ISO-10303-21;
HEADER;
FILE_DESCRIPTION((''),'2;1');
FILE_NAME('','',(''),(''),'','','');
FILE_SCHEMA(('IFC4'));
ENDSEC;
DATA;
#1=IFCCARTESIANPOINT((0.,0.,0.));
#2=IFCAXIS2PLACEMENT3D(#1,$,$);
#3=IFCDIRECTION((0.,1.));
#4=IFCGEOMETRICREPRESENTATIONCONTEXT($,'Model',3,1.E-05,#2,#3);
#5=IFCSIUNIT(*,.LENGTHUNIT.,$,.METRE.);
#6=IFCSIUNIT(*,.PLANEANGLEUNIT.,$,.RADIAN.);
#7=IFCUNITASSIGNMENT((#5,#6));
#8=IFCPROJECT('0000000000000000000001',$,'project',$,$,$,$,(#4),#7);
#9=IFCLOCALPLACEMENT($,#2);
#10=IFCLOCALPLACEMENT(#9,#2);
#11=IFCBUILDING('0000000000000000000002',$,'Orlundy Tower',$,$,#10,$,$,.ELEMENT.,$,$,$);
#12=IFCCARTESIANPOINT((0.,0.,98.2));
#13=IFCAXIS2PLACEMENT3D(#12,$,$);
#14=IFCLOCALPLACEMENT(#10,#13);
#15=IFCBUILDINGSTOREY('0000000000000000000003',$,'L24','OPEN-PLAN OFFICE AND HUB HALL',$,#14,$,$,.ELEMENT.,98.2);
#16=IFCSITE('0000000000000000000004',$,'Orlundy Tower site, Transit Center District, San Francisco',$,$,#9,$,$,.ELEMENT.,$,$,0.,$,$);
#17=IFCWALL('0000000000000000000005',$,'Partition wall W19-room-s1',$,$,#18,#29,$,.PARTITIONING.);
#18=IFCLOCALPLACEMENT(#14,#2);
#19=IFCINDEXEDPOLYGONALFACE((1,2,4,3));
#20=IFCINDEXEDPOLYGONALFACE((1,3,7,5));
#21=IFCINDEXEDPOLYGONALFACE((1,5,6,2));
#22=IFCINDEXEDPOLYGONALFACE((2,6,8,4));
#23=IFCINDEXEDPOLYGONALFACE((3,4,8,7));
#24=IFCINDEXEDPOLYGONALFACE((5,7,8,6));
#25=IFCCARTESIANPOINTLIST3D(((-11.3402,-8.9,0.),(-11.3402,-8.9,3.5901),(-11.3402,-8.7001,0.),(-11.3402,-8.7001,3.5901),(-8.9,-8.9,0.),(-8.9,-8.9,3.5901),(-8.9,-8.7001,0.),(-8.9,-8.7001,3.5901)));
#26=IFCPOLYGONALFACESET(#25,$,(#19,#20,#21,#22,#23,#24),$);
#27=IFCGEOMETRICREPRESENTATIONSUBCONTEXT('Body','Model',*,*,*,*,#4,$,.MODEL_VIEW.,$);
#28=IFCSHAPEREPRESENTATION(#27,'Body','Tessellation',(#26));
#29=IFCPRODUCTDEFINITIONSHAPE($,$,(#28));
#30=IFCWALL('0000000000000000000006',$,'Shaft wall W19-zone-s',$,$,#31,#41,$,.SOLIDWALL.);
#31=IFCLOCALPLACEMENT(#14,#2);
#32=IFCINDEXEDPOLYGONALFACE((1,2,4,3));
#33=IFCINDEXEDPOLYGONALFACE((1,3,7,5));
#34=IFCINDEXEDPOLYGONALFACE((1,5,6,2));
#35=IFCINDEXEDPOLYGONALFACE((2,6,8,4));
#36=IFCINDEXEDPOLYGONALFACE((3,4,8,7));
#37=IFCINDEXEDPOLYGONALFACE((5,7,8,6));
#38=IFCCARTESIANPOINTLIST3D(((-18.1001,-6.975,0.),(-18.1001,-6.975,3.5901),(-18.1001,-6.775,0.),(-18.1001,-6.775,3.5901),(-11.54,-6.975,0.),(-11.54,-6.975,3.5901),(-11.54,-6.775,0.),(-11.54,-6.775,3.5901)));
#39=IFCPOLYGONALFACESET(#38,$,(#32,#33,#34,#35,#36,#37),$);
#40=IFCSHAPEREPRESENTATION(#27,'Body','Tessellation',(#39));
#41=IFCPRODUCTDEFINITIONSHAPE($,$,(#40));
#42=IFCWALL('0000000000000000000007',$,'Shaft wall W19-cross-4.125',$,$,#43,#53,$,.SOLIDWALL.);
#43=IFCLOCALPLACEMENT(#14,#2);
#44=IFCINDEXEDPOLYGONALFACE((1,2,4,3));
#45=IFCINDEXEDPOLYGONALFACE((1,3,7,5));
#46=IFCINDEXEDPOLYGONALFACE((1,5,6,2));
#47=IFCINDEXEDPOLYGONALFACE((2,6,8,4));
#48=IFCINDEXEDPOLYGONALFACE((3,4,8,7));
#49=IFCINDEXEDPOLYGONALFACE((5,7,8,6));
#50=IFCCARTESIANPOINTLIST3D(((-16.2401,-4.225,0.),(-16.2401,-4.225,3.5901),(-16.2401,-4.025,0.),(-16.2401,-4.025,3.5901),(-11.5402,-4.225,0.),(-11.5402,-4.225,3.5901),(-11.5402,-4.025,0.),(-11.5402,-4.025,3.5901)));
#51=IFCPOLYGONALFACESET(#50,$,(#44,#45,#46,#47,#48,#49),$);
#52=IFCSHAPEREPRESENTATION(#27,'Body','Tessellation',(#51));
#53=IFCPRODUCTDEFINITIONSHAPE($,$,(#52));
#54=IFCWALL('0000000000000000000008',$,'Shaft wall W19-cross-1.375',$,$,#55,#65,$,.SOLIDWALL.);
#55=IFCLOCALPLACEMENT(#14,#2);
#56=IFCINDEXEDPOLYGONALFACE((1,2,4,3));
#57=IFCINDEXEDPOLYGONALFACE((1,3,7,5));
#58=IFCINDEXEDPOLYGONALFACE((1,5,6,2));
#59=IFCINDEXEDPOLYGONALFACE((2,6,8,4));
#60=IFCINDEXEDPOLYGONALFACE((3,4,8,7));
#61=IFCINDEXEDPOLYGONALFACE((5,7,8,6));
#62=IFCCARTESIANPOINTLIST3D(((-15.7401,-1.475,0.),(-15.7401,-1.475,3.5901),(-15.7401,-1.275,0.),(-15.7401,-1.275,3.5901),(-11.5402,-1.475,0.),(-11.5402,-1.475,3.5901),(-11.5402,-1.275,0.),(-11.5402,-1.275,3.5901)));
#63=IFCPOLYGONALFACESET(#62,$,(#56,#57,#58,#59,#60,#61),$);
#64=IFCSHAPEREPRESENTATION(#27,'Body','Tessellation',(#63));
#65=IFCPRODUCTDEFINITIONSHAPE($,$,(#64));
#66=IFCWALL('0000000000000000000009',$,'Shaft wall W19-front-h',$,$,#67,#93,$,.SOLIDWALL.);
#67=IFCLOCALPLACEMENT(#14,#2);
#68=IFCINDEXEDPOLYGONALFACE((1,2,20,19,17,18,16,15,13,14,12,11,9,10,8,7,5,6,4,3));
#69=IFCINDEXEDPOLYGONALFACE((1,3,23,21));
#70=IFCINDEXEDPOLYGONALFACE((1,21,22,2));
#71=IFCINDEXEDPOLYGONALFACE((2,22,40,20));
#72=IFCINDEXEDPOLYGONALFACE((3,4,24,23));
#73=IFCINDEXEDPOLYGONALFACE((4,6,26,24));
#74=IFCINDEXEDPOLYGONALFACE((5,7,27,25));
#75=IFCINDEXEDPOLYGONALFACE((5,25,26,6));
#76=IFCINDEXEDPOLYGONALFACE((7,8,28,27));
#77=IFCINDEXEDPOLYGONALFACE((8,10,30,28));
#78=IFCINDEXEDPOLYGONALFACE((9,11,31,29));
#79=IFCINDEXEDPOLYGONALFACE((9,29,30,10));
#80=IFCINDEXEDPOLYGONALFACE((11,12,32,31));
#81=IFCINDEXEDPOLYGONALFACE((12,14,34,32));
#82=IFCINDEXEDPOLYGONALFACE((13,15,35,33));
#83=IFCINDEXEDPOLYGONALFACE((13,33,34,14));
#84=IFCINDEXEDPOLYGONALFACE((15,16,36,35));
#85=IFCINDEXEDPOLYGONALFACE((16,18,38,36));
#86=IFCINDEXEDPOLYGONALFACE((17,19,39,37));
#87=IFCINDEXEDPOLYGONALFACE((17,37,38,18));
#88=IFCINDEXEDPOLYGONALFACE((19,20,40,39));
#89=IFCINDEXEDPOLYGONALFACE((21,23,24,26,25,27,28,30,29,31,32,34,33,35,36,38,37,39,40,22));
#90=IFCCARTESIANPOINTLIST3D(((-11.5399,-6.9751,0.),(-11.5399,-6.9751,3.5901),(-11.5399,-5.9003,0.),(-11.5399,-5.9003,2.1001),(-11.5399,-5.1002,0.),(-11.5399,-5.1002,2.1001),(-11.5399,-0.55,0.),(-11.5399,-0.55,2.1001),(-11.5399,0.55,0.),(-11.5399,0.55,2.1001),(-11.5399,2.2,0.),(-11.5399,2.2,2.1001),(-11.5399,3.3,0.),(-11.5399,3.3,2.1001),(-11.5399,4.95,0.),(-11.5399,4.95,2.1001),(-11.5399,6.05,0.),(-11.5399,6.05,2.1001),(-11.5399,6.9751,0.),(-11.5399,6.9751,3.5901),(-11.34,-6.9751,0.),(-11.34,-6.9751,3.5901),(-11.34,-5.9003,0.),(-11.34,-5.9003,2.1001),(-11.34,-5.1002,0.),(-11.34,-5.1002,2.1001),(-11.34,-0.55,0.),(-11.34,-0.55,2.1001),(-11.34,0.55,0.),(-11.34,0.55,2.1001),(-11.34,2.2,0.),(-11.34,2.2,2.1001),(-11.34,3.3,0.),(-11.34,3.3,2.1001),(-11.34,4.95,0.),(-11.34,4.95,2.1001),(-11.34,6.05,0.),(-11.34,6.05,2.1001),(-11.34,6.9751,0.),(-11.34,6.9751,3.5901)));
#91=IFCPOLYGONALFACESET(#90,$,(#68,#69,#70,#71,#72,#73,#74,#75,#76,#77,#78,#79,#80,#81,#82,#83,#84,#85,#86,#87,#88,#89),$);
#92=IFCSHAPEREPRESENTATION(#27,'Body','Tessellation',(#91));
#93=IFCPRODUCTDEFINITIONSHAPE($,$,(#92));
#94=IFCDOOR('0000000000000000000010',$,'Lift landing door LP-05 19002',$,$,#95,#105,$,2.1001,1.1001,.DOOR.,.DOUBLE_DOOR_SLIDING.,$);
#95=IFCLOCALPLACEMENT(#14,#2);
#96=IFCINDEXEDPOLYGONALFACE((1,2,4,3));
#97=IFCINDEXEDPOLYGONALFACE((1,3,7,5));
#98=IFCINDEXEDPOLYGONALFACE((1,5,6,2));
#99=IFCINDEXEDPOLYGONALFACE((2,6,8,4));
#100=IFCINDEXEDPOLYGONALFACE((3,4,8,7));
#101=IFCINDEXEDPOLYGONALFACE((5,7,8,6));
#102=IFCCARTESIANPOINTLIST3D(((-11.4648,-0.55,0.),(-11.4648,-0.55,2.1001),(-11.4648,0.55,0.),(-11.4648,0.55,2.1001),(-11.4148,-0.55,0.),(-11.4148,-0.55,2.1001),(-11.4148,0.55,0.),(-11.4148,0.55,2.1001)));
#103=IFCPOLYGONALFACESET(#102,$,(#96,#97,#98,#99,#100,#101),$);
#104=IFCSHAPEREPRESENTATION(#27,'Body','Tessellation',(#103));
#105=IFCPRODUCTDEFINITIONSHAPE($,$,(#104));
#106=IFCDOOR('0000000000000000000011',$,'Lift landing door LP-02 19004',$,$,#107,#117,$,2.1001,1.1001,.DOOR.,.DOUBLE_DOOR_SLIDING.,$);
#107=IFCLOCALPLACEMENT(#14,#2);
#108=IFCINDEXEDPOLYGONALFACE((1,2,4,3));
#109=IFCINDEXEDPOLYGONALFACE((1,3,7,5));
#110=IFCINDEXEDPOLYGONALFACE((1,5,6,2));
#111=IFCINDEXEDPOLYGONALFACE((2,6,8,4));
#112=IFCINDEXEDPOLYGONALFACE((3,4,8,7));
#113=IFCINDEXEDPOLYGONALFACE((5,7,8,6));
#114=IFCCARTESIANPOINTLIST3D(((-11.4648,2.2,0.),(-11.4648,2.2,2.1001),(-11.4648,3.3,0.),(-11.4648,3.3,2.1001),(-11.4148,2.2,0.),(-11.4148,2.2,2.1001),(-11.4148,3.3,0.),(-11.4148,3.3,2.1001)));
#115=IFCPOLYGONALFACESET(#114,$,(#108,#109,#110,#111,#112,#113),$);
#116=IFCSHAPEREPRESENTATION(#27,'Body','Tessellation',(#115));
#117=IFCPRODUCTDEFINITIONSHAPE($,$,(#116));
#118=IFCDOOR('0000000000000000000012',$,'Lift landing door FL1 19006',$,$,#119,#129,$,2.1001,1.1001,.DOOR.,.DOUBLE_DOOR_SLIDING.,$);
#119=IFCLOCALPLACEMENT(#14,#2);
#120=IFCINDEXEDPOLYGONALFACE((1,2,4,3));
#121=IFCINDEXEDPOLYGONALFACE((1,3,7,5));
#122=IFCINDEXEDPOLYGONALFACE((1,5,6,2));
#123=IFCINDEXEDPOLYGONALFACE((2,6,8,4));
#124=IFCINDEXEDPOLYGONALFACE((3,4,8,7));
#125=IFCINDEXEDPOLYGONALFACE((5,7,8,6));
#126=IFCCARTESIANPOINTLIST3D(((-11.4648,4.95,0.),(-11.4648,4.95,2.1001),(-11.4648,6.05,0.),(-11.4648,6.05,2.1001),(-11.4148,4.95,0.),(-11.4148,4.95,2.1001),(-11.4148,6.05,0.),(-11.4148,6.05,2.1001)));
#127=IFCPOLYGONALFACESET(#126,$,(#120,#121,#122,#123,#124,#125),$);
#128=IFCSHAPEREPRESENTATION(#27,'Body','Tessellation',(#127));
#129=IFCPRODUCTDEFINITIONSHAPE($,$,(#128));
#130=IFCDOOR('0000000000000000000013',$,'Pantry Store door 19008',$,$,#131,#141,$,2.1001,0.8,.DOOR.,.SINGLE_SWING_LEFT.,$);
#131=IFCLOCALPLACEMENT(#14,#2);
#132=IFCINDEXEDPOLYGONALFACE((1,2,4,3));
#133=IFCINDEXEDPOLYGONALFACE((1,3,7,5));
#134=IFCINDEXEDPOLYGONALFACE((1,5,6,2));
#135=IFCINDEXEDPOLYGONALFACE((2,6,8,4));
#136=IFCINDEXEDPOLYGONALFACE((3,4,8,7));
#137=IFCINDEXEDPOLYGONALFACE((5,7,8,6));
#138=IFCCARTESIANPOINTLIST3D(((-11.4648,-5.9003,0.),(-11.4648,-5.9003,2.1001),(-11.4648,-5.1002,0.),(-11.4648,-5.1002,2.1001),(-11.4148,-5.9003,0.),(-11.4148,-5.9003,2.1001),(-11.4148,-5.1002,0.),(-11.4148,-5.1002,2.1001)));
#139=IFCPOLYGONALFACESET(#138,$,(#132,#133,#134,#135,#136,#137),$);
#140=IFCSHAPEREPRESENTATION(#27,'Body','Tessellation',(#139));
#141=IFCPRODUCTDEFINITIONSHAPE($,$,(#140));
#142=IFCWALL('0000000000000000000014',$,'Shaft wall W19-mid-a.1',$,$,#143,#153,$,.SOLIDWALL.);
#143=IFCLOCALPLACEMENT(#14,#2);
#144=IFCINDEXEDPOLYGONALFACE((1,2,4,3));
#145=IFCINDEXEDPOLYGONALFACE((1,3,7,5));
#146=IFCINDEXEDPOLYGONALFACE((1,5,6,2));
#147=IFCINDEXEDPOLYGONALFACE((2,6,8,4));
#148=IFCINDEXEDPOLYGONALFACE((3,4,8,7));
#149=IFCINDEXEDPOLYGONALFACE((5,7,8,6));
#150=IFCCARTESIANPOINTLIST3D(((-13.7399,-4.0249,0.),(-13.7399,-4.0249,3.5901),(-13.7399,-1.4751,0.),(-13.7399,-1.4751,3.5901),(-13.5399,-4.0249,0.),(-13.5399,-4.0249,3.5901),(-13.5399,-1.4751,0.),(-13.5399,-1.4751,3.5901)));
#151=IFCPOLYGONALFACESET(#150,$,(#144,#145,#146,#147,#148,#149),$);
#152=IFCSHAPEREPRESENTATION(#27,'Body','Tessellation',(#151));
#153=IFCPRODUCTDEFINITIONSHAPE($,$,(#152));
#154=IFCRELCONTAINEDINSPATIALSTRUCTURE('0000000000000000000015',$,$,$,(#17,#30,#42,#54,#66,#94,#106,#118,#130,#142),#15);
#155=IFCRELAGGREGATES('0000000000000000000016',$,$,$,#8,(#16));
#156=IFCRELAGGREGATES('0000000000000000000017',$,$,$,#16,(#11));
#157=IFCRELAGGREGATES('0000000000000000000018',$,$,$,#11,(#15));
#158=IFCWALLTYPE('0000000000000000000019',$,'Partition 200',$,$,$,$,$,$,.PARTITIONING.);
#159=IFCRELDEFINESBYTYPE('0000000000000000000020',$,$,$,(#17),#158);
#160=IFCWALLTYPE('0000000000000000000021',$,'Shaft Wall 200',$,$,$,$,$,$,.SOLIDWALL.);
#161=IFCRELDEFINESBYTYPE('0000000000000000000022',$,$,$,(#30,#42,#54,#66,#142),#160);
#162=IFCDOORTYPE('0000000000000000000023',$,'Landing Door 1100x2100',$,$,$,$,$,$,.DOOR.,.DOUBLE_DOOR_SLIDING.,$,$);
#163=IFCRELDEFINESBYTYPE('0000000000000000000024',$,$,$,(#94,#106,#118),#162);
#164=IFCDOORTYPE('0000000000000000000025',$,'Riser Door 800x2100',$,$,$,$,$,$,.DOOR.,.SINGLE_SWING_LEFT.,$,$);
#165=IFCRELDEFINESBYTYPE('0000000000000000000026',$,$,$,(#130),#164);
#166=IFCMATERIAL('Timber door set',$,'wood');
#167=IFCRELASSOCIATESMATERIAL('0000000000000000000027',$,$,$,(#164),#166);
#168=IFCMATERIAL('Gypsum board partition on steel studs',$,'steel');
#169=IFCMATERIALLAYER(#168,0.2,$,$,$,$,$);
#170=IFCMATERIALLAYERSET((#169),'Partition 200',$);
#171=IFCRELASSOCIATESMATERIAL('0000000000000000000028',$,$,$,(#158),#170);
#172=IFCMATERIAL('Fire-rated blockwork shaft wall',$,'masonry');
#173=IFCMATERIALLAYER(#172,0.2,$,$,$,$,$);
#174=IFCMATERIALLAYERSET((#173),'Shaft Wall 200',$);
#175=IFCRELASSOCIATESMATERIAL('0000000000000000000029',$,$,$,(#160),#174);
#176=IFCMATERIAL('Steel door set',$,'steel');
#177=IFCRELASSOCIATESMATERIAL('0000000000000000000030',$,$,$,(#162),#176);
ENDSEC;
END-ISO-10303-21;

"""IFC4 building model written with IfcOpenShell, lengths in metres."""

from ifc_helpers import new_model, si_unit, direction, frame, frame_2d, origin, place, context, subcontext, project, spatial, rectangle, extrude, material, layer, layer_set, type_object, element, fill, save


model = new_model("IFC4")

# Units and contexts
model_context = context("Model", 3, precision=1e-05, world=origin(), true_north=direction((0.0, 1.0)))
body_context = subcontext(model_context, "Body", "Model", "MODEL_VIEW")
ifc_project = project(units=[si_unit("LENGTHUNIT", "METRE"), si_unit("PLANEANGLEUNIT", "RADIAN")], contexts=[model_context])

# Site, building, storey
site_placement = place(None, origin())
site = spatial("IfcSite", under=ifc_project, at=site_placement, Name="Orlundy Tower site, Transit Center District, San Francisco", CompositionType="ELEMENT", RefElevation=0.0)
building_placement = place(site_placement, origin())
building = spatial("IfcBuilding", under=site, at=building_placement, Name="Orlundy Tower", CompositionType="ELEMENT")
storey_placement = place(building_placement, frame((0.0, 0.0, 98.2)))
storey = spatial("IfcBuildingStorey", under=building, at=storey_placement, Name="L24", Description="OPEN-PLAN OFFICE AND HUB HALL", CompositionType="ELEMENT", Elevation=98.2)

# Shared definitions
ifc_material_1 = material(Name="Timber door set", Category="wood")
door_type_1 = type_object("IfcDoorType", Name="Riser Door 800x2100", OperationType="SINGLE_SWING_LEFT", PredefinedType="DOOR", material=ifc_material_1)

# Shared definitions
ifc_material_2 = material(Name="Gypsum board partition on steel studs", Category="steel")
ifc_layer_1 = layer(ifc_material_2, 0.2)
ifc_layer_set_1 = layer_set([ifc_layer_1], Name="Partition 200")
wall_type_1 = type_object("IfcWallType", Name="Partition 200", PredefinedType="PARTITIONING", material=ifc_layer_set_1)

# Walls
for number, where, z_axis, x_axis, name in (
    (1, (-8.8999, -8.8, 0.0), (0.0, 0.0, 1.0), (-1.0, 0.0, 0.0), "Partition wall W19-room-s1"),
):
    element("IfcWall", number, at=place(storey_placement, frame(where, z_axis=z_axis, x_axis=x_axis)), inside=storey, type_object=wall_type_1, Name=name, PredefinedType="PARTITIONING", context=body_context, shape_type="SweptSolid", body=[
        extrude(rectangle(XDim=2.4402, YDim=0.2, at=frame_2d((1.2202, 0.0))), origin(), (0.0, 0.0, 1.0), 3.5901),
    ])
ifc_material_3 = material(Name="Fire-rated blockwork shaft wall", Category="masonry")
ifc_layer_2 = layer(ifc_material_3, 0.2)
ifc_layer_set_2 = layer_set([ifc_layer_2], Name="Shaft Wall 200")
wall_type_2 = type_object("IfcWallType", Name="Shaft Wall 200", PredefinedType="SOLIDWALL", material=ifc_layer_set_2)
wall_1_placement = place(storey_placement, frame((-11.54, -6.875, 0.0), z_axis=(0.0, 0.0, 1.0), x_axis=(-1.0, 0.0, 0.0)))
element("IfcWall", 2, at=wall_1_placement, inside=storey, type_object=wall_type_2, Name="Shaft wall W19-zone-s", PredefinedType="SOLIDWALL", context=body_context, shape_type="SweptSolid", body=[
    extrude(rectangle(XDim=6.5601, YDim=0.2, at=frame_2d((3.28, 0.0))), origin(), (0.0, 0.0, 1.0), 3.5901),
])
wall_2_placement = place(storey_placement, frame((-11.54, -4.125, 0.0), z_axis=(0.0, 0.0, 1.0), x_axis=(-1.0, 0.0, 0.0)))
element("IfcWall", 3, at=wall_2_placement, inside=storey, type_object=wall_type_2, Name="Shaft wall W19-cross-4.125", PredefinedType="SOLIDWALL", context=body_context, shape_type="SweptSolid", body=[
    extrude(rectangle(XDim=4.7, YDim=0.2, at=frame_2d((2.3501, 0.0))), origin(), (0.0, 0.0, 1.0), 3.5901),
])
wall_3_placement = place(storey_placement, frame((-11.54, -1.375, 0.0), z_axis=(0.0, 0.0, 1.0), x_axis=(-1.0, 0.0, 0.0)))
element("IfcWall", 4, at=wall_3_placement, inside=storey, type_object=wall_type_2, Name="Shaft wall W19-cross-1.375", PredefinedType="SOLIDWALL", context=body_context, shape_type="SweptSolid", body=[
    extrude(rectangle(XDim=4.2, YDim=0.2, at=frame_2d((2.1001, 0.0))), origin(), (0.0, 0.0, 1.0), 3.5901),
])

# Wall, openings, doors
wall_4_placement = place(storey_placement, frame((-11.4399, -6.9751, 0.0), z_axis=(0.0, 0.0, 1.0), x_axis=(0.0, 1.0, 0.0)))
wall_4 = element("IfcWall", 5, at=wall_4_placement, inside=storey, type_object=wall_type_2, Name="Shaft wall W19-front-h", PredefinedType="SOLIDWALL", context=body_context, shape_type="SweptSolid", body=[
    extrude(rectangle(XDim=13.9502, YDim=0.2, at=frame_2d((6.9751, 0.0))), origin(), (0.0, 0.0, 1.0), 3.5901),
])
opening_1_placement = place(wall_4_placement, frame((6.425, 0.0, 0.0)))
opening_1 = element("IfcOpeningElement", 6, at=opening_1_placement, cuts=wall_4, PredefinedType="OPENING", context=body_context, shape_type="SweptSolid", body=[
    extrude(rectangle(XDim=1.1001, YDim=2.1001, at=frame_2d((0.55, 1.05))), frame((0.0, 0.1101, 0.0), z_axis=(0.0, -1.0, 0.0), x_axis=(1.0, 0.0, 0.0)), (0.0, 0.0, 1.0), 0.2202),
])
opening_2_placement = place(wall_4_placement, frame((9.175, 0.0, 0.0)))
opening_2 = element("IfcOpeningElement", 7, at=opening_2_placement, cuts=wall_4, PredefinedType="OPENING", context=body_context, shape_type="SweptSolid", body=[
    extrude(rectangle(XDim=1.1001, YDim=2.1001, at=frame_2d((0.55, 1.05))), frame((0.0, 0.1101, 0.0), z_axis=(0.0, -1.0, 0.0), x_axis=(1.0, 0.0, 0.0)), (0.0, 0.0, 1.0), 0.2202),
])
opening_3_placement = place(wall_4_placement, frame((11.925, 0.0, 0.0)))
opening_3 = element("IfcOpeningElement", 8, at=opening_3_placement, cuts=wall_4, PredefinedType="OPENING", context=body_context, shape_type="SweptSolid", body=[
    extrude(rectangle(XDim=1.1001, YDim=2.1001, at=frame_2d((0.55, 1.05))), frame((0.0, 0.1101, 0.0), z_axis=(0.0, -1.0, 0.0), x_axis=(1.0, 0.0, 0.0)), (0.0, 0.0, 1.0), 0.2202),
])
opening_4_placement = place(wall_4_placement, frame((1.075, 0.0, 0.0)))
opening_4 = element("IfcOpeningElement", 9, at=opening_4_placement, cuts=wall_4, PredefinedType="OPENING", context=body_context, shape_type="SweptSolid", body=[
    extrude(rectangle(XDim=0.8, YDim=2.1001, at=frame_2d((0.3999, 1.05))), frame((0.0, 0.1101, 0.0), z_axis=(0.0, -1.0, 0.0), x_axis=(1.0, 0.0, 0.0)), (0.0, 0.0, 1.0), 0.2202),
])
ifc_material_4 = material(Name="Steel door set", Category="steel")
door_type_2 = type_object("IfcDoorType", Name="Landing Door 1100x2100", OperationType="DOUBLE_DOOR_SLIDING", PredefinedType="DOOR", material=ifc_material_4)
door_1_placement = place(opening_1_placement, origin())
door_1 = element("IfcDoor", 10, at=door_1_placement, inside=storey, type_object=door_type_2, Name="Lift landing door LP-05 19002", OperationType="DOUBLE_DOOR_SLIDING", OverallHeight=2.1001, OverallWidth=1.1001, PredefinedType="DOOR", context=body_context, shape_type="SweptSolid", body=[
    extrude(rectangle(XDim=1.1001, YDim=2.1001, at=frame_2d((0.55, 1.05))), frame((0.0, 0.0249, 0.0), z_axis=(0.0, -1.0, 0.0), x_axis=(1.0, 0.0, 0.0)), (0.0, 0.0, 1.0), 0.05),
])
fill(opening_1, door_1)
door_2_placement = place(opening_2_placement, origin())
door_2 = element("IfcDoor", 11, at=door_2_placement, inside=storey, type_object=door_type_2, Name="Lift landing door LP-02 19004", OperationType="DOUBLE_DOOR_SLIDING", OverallHeight=2.1001, OverallWidth=1.1001, PredefinedType="DOOR", context=body_context, shape_type="SweptSolid", body=[
    extrude(rectangle(XDim=1.1001, YDim=2.1001, at=frame_2d((0.55, 1.05))), frame((0.0, 0.0249, 0.0), z_axis=(0.0, -1.0, 0.0), x_axis=(1.0, 0.0, 0.0)), (0.0, 0.0, 1.0), 0.05),
])
fill(opening_2, door_2)
door_3_placement = place(opening_3_placement, origin())
door_3 = element("IfcDoor", 12, at=door_3_placement, inside=storey, type_object=door_type_2, Name="Lift landing door FL1 19006", OperationType="DOUBLE_DOOR_SLIDING", OverallHeight=2.1001, OverallWidth=1.1001, PredefinedType="DOOR", context=body_context, shape_type="SweptSolid", body=[
    extrude(rectangle(XDim=1.1001, YDim=2.1001, at=frame_2d((0.55, 1.05))), frame((0.0, 0.0249, 0.0), z_axis=(0.0, -1.0, 0.0), x_axis=(1.0, 0.0, 0.0)), (0.0, 0.0, 1.0), 0.05),
])
fill(opening_3, door_3)
door_4_placement = place(opening_4_placement, origin())
door_4 = element("IfcDoor", 13, at=door_4_placement, inside=storey, type_object=door_type_1, Name="Pantry Store door 19008", OperationType="SINGLE_SWING_LEFT", OverallHeight=2.1001, OverallWidth=0.8, PredefinedType="DOOR", context=body_context, shape_type="SweptSolid", body=[
    extrude(rectangle(XDim=0.8, YDim=2.1001, at=frame_2d((0.3999, 1.05))), frame((0.0, 0.0249, 0.0), z_axis=(0.0, -1.0, 0.0), x_axis=(1.0, 0.0, 0.0)), (0.0, 0.0, 1.0), 0.05),
])
fill(opening_4, door_4)

# Wall
wall_5_placement = place(storey_placement, frame((-13.6399, -4.0249, 0.0), z_axis=(0.0, 0.0, 1.0), x_axis=(0.0, 1.0, 0.0)))
element("IfcWall", 14, at=wall_5_placement, inside=storey, type_object=wall_type_2, Name="Shaft wall W19-mid-a.1", PredefinedType="SOLIDWALL", context=body_context, shape_type="SweptSolid", body=[
    extrude(rectangle(XDim=2.5498, YDim=0.2, at=frame_2d((1.2749, 0.0))), origin(), (0.0, 0.0, 1.0), 3.5901),
])

save(model, "model.ifc")
